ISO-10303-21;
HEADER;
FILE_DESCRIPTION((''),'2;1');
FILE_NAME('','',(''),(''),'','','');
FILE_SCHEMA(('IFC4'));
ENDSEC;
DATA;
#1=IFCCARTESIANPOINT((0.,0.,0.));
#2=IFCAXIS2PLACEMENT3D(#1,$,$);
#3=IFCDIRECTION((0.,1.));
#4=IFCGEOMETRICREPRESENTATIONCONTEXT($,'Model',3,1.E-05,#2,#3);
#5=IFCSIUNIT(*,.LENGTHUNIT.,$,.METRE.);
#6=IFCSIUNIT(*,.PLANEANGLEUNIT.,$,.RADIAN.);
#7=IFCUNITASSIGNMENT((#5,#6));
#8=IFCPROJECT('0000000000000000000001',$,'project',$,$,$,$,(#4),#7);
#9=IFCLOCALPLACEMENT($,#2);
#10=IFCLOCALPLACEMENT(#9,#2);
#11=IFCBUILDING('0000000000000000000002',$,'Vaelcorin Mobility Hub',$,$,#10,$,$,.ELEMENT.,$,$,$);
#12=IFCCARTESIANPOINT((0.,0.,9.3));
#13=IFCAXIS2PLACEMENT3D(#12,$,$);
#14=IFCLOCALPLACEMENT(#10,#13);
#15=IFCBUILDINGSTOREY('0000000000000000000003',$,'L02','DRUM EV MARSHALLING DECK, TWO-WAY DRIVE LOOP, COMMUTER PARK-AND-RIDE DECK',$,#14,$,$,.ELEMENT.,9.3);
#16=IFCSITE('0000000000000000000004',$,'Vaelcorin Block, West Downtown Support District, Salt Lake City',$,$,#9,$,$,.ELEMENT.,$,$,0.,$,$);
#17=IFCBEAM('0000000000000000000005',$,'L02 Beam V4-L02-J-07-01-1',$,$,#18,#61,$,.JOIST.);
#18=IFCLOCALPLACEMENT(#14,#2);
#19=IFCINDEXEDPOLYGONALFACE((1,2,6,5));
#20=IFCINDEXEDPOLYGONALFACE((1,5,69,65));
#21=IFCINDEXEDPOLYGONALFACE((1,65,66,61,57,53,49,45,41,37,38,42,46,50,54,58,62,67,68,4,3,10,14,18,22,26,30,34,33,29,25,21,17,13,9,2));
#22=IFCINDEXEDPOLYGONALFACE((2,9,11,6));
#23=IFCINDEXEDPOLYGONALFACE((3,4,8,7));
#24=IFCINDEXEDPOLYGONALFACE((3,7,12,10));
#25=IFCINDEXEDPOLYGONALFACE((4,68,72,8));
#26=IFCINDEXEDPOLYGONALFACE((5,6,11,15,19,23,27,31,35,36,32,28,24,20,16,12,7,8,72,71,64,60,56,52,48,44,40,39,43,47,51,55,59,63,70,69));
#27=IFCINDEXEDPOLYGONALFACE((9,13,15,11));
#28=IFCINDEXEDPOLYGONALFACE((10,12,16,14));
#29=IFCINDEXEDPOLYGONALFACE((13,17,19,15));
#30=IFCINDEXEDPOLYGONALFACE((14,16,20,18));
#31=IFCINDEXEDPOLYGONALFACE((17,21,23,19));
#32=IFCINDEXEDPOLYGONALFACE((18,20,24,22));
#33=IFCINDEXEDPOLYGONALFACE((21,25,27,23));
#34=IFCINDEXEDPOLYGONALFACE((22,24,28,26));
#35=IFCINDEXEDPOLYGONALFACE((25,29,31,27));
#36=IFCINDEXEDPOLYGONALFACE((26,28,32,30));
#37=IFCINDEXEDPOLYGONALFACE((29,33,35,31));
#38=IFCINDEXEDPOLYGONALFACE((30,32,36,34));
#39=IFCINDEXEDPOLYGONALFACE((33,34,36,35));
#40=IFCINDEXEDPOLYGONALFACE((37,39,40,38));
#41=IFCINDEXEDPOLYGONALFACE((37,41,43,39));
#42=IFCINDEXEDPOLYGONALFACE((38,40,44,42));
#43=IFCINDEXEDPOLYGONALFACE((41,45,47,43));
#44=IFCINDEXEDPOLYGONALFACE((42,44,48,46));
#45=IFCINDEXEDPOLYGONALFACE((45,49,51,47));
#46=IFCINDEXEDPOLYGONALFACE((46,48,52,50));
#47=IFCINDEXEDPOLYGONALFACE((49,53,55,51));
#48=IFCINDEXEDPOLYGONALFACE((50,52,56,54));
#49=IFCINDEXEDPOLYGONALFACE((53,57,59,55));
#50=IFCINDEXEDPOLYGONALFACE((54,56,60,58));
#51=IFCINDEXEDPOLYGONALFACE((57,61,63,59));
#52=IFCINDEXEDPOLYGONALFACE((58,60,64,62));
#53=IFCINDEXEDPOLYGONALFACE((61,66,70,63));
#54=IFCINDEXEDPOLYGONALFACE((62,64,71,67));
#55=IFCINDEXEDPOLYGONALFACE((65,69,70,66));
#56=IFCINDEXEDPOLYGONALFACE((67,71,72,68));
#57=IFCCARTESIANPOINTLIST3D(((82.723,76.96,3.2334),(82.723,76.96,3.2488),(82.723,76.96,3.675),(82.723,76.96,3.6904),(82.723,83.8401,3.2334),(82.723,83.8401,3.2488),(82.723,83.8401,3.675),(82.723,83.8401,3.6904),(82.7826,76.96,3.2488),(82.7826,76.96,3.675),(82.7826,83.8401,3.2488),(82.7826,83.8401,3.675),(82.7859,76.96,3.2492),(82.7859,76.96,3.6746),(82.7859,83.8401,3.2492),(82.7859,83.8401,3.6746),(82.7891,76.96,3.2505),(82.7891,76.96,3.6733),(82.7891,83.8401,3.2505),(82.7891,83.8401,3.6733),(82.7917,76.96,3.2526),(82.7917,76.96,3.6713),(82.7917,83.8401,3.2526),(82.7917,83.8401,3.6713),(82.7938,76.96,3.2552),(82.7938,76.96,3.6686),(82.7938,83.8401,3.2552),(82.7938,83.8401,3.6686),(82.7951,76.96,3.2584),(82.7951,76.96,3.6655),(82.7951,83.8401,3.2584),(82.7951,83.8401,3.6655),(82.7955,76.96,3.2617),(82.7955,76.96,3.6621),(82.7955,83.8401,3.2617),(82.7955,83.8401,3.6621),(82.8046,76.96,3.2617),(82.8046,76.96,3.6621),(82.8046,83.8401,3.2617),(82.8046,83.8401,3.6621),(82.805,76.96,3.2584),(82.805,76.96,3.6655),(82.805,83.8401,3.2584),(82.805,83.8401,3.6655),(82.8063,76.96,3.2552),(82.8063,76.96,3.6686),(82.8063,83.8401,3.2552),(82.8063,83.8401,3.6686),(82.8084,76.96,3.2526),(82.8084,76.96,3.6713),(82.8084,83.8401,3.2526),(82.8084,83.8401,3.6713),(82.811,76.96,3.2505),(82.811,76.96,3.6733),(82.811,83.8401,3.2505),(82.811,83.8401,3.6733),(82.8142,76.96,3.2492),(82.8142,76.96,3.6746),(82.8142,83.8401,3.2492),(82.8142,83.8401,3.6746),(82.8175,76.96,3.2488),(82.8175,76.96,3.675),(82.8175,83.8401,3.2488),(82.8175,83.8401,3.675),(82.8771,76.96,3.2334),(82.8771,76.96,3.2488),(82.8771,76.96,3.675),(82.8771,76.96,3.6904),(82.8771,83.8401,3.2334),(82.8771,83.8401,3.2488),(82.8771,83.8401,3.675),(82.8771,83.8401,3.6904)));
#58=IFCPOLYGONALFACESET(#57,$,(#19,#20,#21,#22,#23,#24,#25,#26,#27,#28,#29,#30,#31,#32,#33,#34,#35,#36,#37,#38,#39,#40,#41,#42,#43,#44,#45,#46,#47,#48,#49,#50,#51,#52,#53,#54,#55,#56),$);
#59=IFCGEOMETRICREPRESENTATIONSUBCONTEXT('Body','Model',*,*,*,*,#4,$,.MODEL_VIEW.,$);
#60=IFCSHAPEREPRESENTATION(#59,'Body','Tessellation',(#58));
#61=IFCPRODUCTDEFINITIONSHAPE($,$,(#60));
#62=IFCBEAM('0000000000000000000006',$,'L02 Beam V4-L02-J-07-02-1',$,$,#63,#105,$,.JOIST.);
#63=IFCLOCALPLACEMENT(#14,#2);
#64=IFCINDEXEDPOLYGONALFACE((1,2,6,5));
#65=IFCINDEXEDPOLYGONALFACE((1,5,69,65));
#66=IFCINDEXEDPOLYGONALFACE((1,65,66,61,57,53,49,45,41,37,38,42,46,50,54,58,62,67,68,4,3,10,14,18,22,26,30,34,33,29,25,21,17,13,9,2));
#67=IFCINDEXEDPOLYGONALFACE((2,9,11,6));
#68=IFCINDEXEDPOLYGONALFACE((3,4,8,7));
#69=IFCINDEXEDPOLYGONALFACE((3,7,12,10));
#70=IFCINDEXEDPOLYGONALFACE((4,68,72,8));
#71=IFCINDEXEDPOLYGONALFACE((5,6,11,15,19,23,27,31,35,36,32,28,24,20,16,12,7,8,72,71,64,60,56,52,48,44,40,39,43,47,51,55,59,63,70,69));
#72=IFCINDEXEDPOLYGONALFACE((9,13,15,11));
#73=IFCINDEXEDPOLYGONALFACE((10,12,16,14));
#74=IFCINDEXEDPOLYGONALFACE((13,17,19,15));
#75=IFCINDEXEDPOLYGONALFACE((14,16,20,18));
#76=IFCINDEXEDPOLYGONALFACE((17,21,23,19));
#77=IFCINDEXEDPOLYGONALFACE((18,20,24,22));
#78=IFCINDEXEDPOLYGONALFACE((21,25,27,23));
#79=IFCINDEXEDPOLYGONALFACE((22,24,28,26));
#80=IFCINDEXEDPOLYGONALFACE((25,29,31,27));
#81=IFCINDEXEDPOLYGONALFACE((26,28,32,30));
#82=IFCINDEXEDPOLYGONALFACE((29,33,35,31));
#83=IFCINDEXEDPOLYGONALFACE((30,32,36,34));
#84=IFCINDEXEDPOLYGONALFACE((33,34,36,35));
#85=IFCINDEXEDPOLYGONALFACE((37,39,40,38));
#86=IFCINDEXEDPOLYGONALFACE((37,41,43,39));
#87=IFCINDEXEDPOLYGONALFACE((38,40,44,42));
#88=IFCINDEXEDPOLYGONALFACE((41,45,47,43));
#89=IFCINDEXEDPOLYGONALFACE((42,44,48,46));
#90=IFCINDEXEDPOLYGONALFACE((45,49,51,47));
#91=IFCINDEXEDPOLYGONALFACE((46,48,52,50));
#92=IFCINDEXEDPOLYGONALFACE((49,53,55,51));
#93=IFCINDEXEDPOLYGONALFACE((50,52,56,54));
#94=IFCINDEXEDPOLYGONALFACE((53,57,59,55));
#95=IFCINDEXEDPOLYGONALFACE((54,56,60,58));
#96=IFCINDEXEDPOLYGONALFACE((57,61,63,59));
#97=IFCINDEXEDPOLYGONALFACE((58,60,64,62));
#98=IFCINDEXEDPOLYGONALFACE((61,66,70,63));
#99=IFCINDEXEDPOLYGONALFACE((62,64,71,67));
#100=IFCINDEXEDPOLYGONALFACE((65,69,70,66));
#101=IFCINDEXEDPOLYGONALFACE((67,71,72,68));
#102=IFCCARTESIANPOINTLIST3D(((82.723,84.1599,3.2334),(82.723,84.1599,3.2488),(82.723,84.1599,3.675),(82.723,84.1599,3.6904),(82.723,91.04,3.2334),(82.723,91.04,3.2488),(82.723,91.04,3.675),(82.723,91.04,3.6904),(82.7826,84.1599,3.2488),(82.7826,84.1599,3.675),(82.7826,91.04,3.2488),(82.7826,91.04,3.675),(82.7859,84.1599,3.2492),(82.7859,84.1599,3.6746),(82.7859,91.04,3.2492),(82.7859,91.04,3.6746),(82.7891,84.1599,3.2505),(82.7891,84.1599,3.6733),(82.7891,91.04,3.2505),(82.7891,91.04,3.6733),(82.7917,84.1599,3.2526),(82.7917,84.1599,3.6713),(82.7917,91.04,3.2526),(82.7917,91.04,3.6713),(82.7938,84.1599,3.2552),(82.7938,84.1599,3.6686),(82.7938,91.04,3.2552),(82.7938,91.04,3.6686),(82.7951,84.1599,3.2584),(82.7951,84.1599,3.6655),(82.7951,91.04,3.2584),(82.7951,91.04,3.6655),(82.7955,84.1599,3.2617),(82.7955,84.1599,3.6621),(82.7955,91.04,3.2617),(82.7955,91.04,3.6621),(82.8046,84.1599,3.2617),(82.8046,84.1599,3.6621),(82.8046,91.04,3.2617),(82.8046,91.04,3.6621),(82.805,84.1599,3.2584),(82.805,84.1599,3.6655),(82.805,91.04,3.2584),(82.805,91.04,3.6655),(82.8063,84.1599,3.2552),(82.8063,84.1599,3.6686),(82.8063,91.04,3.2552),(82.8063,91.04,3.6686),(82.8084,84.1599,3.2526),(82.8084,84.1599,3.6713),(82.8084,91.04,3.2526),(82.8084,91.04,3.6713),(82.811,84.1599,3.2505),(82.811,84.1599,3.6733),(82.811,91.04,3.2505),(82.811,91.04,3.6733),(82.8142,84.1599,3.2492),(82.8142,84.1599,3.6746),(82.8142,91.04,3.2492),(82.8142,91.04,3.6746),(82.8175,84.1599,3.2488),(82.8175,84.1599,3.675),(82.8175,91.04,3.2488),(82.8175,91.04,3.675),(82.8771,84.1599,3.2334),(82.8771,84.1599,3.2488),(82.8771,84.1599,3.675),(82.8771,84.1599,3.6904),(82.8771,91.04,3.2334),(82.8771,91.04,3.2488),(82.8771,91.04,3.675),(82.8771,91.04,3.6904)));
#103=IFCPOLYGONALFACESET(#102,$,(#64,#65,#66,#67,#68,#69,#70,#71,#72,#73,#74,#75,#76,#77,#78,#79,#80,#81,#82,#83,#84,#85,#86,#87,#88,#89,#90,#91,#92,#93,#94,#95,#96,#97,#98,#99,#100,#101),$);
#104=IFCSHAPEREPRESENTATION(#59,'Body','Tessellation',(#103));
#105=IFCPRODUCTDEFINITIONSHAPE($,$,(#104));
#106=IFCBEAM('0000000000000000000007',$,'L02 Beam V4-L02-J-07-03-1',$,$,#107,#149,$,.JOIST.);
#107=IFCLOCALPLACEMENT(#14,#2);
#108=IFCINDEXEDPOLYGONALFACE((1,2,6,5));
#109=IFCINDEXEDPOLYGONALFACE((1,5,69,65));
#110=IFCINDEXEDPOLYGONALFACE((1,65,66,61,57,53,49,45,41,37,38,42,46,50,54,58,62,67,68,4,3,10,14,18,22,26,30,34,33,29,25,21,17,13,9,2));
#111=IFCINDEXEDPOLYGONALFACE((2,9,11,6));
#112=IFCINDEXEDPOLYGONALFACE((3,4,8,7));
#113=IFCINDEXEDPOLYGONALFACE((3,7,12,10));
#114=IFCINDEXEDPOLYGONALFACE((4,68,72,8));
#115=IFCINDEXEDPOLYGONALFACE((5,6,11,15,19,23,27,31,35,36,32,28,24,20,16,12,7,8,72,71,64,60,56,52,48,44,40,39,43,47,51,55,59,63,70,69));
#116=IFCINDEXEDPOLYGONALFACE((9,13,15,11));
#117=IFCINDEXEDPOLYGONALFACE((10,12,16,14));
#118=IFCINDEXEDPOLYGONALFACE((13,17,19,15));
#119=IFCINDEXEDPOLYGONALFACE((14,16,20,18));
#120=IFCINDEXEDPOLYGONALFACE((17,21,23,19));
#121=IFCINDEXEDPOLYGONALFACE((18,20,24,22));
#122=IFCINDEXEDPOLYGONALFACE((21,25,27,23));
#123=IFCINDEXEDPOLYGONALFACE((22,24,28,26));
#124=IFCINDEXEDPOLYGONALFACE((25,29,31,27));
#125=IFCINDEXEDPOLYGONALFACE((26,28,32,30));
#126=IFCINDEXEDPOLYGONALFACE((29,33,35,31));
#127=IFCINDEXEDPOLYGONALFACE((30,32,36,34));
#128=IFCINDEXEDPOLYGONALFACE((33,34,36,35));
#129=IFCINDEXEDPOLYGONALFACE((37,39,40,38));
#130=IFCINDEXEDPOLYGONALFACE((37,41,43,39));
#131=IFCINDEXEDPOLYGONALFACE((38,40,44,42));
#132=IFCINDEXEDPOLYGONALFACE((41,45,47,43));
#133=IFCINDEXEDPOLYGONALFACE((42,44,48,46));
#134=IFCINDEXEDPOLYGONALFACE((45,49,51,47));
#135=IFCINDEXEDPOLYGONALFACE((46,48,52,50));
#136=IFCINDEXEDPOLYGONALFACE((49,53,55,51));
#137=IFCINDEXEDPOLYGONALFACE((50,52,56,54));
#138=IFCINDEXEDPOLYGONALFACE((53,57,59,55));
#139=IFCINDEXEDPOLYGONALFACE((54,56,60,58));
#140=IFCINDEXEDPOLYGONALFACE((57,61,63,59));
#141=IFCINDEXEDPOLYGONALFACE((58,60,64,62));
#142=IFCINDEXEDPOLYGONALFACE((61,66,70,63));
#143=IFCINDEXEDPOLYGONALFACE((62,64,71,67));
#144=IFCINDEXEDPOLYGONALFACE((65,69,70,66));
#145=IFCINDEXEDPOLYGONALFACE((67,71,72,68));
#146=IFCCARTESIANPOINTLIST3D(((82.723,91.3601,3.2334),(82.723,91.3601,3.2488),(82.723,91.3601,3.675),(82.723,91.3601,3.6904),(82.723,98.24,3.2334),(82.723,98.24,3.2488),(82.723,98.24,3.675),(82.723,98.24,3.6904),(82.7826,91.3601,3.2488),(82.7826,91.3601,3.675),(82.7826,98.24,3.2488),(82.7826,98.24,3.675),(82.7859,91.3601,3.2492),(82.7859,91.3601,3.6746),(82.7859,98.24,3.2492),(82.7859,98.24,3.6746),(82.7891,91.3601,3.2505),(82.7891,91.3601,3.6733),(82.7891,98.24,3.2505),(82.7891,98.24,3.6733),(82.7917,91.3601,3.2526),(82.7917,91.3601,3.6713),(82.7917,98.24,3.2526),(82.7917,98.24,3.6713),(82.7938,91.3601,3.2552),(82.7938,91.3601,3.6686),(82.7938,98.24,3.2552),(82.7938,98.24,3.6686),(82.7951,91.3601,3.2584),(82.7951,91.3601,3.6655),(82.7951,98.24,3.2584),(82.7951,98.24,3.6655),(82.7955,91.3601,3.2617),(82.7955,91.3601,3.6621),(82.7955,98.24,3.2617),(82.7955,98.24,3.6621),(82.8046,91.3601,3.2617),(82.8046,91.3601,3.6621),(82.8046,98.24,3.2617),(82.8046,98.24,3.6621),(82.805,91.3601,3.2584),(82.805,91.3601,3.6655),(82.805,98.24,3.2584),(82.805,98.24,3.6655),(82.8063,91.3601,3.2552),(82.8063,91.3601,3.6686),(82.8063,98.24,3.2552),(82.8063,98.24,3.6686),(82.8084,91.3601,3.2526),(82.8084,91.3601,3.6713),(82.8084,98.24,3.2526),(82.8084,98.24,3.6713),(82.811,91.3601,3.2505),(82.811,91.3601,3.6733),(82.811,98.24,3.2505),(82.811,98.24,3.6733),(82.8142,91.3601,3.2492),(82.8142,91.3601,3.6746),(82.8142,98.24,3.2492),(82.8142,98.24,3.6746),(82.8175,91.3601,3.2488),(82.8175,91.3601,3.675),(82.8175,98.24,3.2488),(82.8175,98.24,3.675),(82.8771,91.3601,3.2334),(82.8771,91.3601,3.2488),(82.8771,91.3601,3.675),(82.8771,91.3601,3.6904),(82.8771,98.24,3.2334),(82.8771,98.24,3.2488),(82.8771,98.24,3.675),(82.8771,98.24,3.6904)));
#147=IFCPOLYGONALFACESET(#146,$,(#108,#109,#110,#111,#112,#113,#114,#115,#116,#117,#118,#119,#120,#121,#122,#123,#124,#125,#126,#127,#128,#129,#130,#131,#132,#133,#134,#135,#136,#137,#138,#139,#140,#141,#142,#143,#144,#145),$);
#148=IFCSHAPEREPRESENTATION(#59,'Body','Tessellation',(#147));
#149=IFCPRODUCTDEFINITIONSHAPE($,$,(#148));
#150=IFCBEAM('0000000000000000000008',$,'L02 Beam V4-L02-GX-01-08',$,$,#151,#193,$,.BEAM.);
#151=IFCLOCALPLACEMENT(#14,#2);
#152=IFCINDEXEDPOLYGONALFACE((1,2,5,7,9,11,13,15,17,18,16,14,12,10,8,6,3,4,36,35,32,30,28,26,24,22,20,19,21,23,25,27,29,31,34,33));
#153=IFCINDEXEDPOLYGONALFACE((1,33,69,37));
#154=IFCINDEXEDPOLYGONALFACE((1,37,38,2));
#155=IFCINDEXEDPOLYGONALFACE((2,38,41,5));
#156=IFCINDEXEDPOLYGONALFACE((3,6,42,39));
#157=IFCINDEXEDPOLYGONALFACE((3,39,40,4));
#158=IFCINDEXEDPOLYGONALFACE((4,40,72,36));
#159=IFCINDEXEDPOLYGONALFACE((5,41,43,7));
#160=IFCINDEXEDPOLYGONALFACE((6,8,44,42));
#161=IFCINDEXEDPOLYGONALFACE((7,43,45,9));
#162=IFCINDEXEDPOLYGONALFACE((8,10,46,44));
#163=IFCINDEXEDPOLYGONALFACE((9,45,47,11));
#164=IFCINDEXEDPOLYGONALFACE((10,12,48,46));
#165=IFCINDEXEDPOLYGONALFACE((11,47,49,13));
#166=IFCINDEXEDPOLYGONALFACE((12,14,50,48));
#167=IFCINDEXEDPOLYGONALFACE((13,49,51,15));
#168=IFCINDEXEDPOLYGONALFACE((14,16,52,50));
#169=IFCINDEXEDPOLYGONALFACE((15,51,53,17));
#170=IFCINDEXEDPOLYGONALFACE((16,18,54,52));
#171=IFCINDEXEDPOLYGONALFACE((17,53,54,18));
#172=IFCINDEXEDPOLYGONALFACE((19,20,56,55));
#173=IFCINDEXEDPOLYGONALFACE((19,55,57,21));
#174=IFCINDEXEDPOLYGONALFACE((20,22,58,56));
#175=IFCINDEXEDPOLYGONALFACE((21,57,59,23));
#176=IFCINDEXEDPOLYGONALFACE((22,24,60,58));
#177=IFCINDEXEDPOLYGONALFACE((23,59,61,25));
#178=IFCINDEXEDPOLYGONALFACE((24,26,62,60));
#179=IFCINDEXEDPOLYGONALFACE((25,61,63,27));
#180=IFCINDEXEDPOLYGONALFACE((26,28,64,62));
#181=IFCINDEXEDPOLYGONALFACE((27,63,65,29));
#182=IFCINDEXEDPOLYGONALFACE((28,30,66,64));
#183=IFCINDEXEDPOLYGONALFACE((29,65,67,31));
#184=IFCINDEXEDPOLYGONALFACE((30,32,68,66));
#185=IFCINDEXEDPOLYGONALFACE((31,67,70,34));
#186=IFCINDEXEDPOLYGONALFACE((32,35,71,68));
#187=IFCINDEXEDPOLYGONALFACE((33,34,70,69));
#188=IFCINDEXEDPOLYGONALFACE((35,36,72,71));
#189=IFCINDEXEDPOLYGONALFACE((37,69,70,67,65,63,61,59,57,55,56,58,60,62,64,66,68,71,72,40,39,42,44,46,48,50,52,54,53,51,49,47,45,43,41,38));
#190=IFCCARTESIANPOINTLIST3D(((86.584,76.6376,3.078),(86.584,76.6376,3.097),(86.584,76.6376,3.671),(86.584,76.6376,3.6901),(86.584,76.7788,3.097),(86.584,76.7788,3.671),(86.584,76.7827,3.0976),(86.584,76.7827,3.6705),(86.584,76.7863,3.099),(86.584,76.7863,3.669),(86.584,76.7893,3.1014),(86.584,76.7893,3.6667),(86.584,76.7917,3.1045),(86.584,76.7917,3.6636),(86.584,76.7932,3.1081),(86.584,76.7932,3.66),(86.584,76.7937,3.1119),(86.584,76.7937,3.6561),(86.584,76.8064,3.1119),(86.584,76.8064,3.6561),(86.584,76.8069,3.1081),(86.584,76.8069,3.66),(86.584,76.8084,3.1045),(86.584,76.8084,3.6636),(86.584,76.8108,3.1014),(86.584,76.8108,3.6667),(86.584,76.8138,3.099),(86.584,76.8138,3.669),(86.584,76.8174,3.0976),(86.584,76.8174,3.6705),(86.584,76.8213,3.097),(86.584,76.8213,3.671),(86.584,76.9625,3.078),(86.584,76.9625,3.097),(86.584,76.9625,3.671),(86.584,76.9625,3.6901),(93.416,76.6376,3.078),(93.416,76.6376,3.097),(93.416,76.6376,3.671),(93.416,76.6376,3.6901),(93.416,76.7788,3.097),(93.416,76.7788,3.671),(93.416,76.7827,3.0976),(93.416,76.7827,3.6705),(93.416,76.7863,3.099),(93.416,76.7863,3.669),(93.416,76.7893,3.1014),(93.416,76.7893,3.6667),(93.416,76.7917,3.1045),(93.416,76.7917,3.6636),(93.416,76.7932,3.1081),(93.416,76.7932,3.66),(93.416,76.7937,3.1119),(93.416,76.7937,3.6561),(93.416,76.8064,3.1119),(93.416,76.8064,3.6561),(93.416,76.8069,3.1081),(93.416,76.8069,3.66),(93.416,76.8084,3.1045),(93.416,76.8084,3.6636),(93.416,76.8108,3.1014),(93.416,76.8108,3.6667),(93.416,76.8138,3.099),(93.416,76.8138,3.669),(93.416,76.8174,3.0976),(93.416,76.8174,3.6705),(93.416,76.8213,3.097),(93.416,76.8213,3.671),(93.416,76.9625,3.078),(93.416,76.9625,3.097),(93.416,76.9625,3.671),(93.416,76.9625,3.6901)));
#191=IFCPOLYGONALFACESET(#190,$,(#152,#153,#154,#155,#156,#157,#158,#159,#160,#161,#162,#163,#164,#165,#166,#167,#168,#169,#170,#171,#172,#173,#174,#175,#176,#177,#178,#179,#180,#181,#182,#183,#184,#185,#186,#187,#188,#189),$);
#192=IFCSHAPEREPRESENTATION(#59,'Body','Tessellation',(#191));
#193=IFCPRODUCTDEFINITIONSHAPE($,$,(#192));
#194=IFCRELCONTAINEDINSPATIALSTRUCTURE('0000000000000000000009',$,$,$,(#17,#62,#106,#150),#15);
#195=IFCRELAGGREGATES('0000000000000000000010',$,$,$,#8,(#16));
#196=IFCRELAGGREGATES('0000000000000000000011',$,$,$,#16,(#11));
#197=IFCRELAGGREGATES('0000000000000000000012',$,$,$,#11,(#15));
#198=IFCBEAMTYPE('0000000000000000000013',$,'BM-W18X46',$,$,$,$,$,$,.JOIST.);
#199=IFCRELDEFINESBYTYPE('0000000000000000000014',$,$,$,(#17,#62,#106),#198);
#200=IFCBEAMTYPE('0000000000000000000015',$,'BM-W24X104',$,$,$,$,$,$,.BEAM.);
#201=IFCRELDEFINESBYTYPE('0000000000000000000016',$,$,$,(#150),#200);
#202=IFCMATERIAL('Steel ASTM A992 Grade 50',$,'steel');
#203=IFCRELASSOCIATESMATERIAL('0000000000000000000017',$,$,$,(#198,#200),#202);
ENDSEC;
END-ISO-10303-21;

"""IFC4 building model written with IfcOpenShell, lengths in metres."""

from ifc_helpers import new_model, si_unit, direction, frame, origin, origin_2d, place, context, subcontext, project, spatial, i_section, extrude, material, material_profile, profile_set, type_object, element, save


model = new_model("IFC4")

# Units and contexts
model_context = context("Model", 3, precision=1e-05, world=origin(), true_north=direction((0.0, 1.0)))
body_context = subcontext(model_context, "Body", "Model", "MODEL_VIEW")
ifc_project = project(units=[si_unit("LENGTHUNIT", "METRE"), si_unit("PLANEANGLEUNIT", "RADIAN")], contexts=[model_context])

# Site, building, storey
site_placement = place(None, origin())
site = spatial("IfcSite", under=ifc_project, at=site_placement, Name="Vaelcorin Block, West Downtown Support District, Salt Lake City", CompositionType="ELEMENT", RefElevation=0.0)
building_placement = place(site_placement, origin())
building = spatial("IfcBuilding", under=site, at=building_placement, Name="Vaelcorin Mobility Hub", CompositionType="ELEMENT")
storey_placement = place(building_placement, frame((0.0, 0.0, 9.3)))
storey = spatial("IfcBuildingStorey", under=building, at=storey_placement, Name="L02", Description="DRUM EV MARSHALLING DECK, TWO-WAY DRIVE LOOP, COMMUTER PARK-AND-RIDE DECK", CompositionType="ELEMENT", Elevation=9.3)

# Shared definitions
ifc_material_1 = material(Name="Steel ASTM A992 Grade 50", Category="steel")

# Beams
ifc_material_profile_1 = material_profile(ifc_material_1, i_section(OverallWidth=0.1541, OverallDepth=0.457, WebThickness=0.009, FlangeThickness=0.0154, FilletRadius=0.0129, at=origin_2d()), Name="W18X46")
ifc_profile_set_1 = profile_set([ifc_material_profile_1], Name="Steel ASTM A992 Grade 50")
beam_type_1 = type_object("IfcBeamType", Name="BM-W18X46", PredefinedType="JOIST", material=ifc_profile_set_1)
for number, where, z_axis, x_axis, name in (
    (1, (82.8, 76.96, 3.4619), (0.0, 1.0, 0.0), (-1.0, 0.0, 0.0), "L02 Beam V4-L02-J-07-01-1"),
    (2, (82.8, 84.1599, 3.4619), (0.0, 1.0, 0.0), (-1.0, 0.0, 0.0), "L02 Beam V4-L02-J-07-02-1"),
):
    element("IfcBeam", number, at=place(storey_placement, frame(where, z_axis=z_axis, x_axis=x_axis)), inside=storey, type_object=beam_type_1, Name=name, PredefinedType="JOIST", context=body_context, shape_type="SweptSolid", body=[
        extrude(i_section(OverallWidth=0.1541, OverallDepth=0.457, WebThickness=0.009, FlangeThickness=0.0154, FilletRadius=0.0129, at=origin_2d()), origin(), (0.0, 0.0, 1.0), 6.8801),
    ])
beam_1_placement = place(storey_placement, frame((82.8, 91.3601, 3.4619), z_axis=(0.0, 1.0, 0.0), x_axis=(-1.0, 0.0, 0.0)))
element("IfcBeam", 3, at=beam_1_placement, inside=storey, type_object=beam_type_1, Name="L02 Beam V4-L02-J-07-03-1", PredefinedType="JOIST", context=body_context, shape_type="SweptSolid", body=[
    extrude(i_section(OverallWidth=0.1541, OverallDepth=0.457, WebThickness=0.009, FlangeThickness=0.0154, FilletRadius=0.0129, at=origin_2d()), origin(), (0.0, 0.0, 1.0), 6.8799),
])
ifc_material_profile_2 = material_profile(ifc_material_1, i_section(OverallWidth=0.325, OverallDepth=0.6121, WebThickness=0.0127, FlangeThickness=0.019, FilletRadius=0.0149, at=origin_2d()), Name="W24X104")
ifc_profile_set_2 = profile_set([ifc_material_profile_2], Name="Steel ASTM A992 Grade 50")
beam_type_2 = type_object("IfcBeamType", Name="BM-W24X104", PredefinedType="BEAM", material=ifc_profile_set_2)
beam_2_placement = place(storey_placement, frame((86.584, 76.8, 3.384), z_axis=(1.0, 0.0, 0.0), x_axis=(0.0, 1.0, 0.0)))
element("IfcBeam", 4, at=beam_2_placement, inside=storey, type_object=beam_type_2, Name="L02 Beam V4-L02-GX-01-08", PredefinedType="BEAM", context=body_context, shape_type="SweptSolid", body=[
    extrude(i_section(OverallWidth=0.325, OverallDepth=0.6121, WebThickness=0.0127, FlangeThickness=0.019, FilletRadius=0.0149, at=origin_2d()), origin(), (0.0, 0.0, 1.0), 6.832),
])

save(model, "model.ifc")
